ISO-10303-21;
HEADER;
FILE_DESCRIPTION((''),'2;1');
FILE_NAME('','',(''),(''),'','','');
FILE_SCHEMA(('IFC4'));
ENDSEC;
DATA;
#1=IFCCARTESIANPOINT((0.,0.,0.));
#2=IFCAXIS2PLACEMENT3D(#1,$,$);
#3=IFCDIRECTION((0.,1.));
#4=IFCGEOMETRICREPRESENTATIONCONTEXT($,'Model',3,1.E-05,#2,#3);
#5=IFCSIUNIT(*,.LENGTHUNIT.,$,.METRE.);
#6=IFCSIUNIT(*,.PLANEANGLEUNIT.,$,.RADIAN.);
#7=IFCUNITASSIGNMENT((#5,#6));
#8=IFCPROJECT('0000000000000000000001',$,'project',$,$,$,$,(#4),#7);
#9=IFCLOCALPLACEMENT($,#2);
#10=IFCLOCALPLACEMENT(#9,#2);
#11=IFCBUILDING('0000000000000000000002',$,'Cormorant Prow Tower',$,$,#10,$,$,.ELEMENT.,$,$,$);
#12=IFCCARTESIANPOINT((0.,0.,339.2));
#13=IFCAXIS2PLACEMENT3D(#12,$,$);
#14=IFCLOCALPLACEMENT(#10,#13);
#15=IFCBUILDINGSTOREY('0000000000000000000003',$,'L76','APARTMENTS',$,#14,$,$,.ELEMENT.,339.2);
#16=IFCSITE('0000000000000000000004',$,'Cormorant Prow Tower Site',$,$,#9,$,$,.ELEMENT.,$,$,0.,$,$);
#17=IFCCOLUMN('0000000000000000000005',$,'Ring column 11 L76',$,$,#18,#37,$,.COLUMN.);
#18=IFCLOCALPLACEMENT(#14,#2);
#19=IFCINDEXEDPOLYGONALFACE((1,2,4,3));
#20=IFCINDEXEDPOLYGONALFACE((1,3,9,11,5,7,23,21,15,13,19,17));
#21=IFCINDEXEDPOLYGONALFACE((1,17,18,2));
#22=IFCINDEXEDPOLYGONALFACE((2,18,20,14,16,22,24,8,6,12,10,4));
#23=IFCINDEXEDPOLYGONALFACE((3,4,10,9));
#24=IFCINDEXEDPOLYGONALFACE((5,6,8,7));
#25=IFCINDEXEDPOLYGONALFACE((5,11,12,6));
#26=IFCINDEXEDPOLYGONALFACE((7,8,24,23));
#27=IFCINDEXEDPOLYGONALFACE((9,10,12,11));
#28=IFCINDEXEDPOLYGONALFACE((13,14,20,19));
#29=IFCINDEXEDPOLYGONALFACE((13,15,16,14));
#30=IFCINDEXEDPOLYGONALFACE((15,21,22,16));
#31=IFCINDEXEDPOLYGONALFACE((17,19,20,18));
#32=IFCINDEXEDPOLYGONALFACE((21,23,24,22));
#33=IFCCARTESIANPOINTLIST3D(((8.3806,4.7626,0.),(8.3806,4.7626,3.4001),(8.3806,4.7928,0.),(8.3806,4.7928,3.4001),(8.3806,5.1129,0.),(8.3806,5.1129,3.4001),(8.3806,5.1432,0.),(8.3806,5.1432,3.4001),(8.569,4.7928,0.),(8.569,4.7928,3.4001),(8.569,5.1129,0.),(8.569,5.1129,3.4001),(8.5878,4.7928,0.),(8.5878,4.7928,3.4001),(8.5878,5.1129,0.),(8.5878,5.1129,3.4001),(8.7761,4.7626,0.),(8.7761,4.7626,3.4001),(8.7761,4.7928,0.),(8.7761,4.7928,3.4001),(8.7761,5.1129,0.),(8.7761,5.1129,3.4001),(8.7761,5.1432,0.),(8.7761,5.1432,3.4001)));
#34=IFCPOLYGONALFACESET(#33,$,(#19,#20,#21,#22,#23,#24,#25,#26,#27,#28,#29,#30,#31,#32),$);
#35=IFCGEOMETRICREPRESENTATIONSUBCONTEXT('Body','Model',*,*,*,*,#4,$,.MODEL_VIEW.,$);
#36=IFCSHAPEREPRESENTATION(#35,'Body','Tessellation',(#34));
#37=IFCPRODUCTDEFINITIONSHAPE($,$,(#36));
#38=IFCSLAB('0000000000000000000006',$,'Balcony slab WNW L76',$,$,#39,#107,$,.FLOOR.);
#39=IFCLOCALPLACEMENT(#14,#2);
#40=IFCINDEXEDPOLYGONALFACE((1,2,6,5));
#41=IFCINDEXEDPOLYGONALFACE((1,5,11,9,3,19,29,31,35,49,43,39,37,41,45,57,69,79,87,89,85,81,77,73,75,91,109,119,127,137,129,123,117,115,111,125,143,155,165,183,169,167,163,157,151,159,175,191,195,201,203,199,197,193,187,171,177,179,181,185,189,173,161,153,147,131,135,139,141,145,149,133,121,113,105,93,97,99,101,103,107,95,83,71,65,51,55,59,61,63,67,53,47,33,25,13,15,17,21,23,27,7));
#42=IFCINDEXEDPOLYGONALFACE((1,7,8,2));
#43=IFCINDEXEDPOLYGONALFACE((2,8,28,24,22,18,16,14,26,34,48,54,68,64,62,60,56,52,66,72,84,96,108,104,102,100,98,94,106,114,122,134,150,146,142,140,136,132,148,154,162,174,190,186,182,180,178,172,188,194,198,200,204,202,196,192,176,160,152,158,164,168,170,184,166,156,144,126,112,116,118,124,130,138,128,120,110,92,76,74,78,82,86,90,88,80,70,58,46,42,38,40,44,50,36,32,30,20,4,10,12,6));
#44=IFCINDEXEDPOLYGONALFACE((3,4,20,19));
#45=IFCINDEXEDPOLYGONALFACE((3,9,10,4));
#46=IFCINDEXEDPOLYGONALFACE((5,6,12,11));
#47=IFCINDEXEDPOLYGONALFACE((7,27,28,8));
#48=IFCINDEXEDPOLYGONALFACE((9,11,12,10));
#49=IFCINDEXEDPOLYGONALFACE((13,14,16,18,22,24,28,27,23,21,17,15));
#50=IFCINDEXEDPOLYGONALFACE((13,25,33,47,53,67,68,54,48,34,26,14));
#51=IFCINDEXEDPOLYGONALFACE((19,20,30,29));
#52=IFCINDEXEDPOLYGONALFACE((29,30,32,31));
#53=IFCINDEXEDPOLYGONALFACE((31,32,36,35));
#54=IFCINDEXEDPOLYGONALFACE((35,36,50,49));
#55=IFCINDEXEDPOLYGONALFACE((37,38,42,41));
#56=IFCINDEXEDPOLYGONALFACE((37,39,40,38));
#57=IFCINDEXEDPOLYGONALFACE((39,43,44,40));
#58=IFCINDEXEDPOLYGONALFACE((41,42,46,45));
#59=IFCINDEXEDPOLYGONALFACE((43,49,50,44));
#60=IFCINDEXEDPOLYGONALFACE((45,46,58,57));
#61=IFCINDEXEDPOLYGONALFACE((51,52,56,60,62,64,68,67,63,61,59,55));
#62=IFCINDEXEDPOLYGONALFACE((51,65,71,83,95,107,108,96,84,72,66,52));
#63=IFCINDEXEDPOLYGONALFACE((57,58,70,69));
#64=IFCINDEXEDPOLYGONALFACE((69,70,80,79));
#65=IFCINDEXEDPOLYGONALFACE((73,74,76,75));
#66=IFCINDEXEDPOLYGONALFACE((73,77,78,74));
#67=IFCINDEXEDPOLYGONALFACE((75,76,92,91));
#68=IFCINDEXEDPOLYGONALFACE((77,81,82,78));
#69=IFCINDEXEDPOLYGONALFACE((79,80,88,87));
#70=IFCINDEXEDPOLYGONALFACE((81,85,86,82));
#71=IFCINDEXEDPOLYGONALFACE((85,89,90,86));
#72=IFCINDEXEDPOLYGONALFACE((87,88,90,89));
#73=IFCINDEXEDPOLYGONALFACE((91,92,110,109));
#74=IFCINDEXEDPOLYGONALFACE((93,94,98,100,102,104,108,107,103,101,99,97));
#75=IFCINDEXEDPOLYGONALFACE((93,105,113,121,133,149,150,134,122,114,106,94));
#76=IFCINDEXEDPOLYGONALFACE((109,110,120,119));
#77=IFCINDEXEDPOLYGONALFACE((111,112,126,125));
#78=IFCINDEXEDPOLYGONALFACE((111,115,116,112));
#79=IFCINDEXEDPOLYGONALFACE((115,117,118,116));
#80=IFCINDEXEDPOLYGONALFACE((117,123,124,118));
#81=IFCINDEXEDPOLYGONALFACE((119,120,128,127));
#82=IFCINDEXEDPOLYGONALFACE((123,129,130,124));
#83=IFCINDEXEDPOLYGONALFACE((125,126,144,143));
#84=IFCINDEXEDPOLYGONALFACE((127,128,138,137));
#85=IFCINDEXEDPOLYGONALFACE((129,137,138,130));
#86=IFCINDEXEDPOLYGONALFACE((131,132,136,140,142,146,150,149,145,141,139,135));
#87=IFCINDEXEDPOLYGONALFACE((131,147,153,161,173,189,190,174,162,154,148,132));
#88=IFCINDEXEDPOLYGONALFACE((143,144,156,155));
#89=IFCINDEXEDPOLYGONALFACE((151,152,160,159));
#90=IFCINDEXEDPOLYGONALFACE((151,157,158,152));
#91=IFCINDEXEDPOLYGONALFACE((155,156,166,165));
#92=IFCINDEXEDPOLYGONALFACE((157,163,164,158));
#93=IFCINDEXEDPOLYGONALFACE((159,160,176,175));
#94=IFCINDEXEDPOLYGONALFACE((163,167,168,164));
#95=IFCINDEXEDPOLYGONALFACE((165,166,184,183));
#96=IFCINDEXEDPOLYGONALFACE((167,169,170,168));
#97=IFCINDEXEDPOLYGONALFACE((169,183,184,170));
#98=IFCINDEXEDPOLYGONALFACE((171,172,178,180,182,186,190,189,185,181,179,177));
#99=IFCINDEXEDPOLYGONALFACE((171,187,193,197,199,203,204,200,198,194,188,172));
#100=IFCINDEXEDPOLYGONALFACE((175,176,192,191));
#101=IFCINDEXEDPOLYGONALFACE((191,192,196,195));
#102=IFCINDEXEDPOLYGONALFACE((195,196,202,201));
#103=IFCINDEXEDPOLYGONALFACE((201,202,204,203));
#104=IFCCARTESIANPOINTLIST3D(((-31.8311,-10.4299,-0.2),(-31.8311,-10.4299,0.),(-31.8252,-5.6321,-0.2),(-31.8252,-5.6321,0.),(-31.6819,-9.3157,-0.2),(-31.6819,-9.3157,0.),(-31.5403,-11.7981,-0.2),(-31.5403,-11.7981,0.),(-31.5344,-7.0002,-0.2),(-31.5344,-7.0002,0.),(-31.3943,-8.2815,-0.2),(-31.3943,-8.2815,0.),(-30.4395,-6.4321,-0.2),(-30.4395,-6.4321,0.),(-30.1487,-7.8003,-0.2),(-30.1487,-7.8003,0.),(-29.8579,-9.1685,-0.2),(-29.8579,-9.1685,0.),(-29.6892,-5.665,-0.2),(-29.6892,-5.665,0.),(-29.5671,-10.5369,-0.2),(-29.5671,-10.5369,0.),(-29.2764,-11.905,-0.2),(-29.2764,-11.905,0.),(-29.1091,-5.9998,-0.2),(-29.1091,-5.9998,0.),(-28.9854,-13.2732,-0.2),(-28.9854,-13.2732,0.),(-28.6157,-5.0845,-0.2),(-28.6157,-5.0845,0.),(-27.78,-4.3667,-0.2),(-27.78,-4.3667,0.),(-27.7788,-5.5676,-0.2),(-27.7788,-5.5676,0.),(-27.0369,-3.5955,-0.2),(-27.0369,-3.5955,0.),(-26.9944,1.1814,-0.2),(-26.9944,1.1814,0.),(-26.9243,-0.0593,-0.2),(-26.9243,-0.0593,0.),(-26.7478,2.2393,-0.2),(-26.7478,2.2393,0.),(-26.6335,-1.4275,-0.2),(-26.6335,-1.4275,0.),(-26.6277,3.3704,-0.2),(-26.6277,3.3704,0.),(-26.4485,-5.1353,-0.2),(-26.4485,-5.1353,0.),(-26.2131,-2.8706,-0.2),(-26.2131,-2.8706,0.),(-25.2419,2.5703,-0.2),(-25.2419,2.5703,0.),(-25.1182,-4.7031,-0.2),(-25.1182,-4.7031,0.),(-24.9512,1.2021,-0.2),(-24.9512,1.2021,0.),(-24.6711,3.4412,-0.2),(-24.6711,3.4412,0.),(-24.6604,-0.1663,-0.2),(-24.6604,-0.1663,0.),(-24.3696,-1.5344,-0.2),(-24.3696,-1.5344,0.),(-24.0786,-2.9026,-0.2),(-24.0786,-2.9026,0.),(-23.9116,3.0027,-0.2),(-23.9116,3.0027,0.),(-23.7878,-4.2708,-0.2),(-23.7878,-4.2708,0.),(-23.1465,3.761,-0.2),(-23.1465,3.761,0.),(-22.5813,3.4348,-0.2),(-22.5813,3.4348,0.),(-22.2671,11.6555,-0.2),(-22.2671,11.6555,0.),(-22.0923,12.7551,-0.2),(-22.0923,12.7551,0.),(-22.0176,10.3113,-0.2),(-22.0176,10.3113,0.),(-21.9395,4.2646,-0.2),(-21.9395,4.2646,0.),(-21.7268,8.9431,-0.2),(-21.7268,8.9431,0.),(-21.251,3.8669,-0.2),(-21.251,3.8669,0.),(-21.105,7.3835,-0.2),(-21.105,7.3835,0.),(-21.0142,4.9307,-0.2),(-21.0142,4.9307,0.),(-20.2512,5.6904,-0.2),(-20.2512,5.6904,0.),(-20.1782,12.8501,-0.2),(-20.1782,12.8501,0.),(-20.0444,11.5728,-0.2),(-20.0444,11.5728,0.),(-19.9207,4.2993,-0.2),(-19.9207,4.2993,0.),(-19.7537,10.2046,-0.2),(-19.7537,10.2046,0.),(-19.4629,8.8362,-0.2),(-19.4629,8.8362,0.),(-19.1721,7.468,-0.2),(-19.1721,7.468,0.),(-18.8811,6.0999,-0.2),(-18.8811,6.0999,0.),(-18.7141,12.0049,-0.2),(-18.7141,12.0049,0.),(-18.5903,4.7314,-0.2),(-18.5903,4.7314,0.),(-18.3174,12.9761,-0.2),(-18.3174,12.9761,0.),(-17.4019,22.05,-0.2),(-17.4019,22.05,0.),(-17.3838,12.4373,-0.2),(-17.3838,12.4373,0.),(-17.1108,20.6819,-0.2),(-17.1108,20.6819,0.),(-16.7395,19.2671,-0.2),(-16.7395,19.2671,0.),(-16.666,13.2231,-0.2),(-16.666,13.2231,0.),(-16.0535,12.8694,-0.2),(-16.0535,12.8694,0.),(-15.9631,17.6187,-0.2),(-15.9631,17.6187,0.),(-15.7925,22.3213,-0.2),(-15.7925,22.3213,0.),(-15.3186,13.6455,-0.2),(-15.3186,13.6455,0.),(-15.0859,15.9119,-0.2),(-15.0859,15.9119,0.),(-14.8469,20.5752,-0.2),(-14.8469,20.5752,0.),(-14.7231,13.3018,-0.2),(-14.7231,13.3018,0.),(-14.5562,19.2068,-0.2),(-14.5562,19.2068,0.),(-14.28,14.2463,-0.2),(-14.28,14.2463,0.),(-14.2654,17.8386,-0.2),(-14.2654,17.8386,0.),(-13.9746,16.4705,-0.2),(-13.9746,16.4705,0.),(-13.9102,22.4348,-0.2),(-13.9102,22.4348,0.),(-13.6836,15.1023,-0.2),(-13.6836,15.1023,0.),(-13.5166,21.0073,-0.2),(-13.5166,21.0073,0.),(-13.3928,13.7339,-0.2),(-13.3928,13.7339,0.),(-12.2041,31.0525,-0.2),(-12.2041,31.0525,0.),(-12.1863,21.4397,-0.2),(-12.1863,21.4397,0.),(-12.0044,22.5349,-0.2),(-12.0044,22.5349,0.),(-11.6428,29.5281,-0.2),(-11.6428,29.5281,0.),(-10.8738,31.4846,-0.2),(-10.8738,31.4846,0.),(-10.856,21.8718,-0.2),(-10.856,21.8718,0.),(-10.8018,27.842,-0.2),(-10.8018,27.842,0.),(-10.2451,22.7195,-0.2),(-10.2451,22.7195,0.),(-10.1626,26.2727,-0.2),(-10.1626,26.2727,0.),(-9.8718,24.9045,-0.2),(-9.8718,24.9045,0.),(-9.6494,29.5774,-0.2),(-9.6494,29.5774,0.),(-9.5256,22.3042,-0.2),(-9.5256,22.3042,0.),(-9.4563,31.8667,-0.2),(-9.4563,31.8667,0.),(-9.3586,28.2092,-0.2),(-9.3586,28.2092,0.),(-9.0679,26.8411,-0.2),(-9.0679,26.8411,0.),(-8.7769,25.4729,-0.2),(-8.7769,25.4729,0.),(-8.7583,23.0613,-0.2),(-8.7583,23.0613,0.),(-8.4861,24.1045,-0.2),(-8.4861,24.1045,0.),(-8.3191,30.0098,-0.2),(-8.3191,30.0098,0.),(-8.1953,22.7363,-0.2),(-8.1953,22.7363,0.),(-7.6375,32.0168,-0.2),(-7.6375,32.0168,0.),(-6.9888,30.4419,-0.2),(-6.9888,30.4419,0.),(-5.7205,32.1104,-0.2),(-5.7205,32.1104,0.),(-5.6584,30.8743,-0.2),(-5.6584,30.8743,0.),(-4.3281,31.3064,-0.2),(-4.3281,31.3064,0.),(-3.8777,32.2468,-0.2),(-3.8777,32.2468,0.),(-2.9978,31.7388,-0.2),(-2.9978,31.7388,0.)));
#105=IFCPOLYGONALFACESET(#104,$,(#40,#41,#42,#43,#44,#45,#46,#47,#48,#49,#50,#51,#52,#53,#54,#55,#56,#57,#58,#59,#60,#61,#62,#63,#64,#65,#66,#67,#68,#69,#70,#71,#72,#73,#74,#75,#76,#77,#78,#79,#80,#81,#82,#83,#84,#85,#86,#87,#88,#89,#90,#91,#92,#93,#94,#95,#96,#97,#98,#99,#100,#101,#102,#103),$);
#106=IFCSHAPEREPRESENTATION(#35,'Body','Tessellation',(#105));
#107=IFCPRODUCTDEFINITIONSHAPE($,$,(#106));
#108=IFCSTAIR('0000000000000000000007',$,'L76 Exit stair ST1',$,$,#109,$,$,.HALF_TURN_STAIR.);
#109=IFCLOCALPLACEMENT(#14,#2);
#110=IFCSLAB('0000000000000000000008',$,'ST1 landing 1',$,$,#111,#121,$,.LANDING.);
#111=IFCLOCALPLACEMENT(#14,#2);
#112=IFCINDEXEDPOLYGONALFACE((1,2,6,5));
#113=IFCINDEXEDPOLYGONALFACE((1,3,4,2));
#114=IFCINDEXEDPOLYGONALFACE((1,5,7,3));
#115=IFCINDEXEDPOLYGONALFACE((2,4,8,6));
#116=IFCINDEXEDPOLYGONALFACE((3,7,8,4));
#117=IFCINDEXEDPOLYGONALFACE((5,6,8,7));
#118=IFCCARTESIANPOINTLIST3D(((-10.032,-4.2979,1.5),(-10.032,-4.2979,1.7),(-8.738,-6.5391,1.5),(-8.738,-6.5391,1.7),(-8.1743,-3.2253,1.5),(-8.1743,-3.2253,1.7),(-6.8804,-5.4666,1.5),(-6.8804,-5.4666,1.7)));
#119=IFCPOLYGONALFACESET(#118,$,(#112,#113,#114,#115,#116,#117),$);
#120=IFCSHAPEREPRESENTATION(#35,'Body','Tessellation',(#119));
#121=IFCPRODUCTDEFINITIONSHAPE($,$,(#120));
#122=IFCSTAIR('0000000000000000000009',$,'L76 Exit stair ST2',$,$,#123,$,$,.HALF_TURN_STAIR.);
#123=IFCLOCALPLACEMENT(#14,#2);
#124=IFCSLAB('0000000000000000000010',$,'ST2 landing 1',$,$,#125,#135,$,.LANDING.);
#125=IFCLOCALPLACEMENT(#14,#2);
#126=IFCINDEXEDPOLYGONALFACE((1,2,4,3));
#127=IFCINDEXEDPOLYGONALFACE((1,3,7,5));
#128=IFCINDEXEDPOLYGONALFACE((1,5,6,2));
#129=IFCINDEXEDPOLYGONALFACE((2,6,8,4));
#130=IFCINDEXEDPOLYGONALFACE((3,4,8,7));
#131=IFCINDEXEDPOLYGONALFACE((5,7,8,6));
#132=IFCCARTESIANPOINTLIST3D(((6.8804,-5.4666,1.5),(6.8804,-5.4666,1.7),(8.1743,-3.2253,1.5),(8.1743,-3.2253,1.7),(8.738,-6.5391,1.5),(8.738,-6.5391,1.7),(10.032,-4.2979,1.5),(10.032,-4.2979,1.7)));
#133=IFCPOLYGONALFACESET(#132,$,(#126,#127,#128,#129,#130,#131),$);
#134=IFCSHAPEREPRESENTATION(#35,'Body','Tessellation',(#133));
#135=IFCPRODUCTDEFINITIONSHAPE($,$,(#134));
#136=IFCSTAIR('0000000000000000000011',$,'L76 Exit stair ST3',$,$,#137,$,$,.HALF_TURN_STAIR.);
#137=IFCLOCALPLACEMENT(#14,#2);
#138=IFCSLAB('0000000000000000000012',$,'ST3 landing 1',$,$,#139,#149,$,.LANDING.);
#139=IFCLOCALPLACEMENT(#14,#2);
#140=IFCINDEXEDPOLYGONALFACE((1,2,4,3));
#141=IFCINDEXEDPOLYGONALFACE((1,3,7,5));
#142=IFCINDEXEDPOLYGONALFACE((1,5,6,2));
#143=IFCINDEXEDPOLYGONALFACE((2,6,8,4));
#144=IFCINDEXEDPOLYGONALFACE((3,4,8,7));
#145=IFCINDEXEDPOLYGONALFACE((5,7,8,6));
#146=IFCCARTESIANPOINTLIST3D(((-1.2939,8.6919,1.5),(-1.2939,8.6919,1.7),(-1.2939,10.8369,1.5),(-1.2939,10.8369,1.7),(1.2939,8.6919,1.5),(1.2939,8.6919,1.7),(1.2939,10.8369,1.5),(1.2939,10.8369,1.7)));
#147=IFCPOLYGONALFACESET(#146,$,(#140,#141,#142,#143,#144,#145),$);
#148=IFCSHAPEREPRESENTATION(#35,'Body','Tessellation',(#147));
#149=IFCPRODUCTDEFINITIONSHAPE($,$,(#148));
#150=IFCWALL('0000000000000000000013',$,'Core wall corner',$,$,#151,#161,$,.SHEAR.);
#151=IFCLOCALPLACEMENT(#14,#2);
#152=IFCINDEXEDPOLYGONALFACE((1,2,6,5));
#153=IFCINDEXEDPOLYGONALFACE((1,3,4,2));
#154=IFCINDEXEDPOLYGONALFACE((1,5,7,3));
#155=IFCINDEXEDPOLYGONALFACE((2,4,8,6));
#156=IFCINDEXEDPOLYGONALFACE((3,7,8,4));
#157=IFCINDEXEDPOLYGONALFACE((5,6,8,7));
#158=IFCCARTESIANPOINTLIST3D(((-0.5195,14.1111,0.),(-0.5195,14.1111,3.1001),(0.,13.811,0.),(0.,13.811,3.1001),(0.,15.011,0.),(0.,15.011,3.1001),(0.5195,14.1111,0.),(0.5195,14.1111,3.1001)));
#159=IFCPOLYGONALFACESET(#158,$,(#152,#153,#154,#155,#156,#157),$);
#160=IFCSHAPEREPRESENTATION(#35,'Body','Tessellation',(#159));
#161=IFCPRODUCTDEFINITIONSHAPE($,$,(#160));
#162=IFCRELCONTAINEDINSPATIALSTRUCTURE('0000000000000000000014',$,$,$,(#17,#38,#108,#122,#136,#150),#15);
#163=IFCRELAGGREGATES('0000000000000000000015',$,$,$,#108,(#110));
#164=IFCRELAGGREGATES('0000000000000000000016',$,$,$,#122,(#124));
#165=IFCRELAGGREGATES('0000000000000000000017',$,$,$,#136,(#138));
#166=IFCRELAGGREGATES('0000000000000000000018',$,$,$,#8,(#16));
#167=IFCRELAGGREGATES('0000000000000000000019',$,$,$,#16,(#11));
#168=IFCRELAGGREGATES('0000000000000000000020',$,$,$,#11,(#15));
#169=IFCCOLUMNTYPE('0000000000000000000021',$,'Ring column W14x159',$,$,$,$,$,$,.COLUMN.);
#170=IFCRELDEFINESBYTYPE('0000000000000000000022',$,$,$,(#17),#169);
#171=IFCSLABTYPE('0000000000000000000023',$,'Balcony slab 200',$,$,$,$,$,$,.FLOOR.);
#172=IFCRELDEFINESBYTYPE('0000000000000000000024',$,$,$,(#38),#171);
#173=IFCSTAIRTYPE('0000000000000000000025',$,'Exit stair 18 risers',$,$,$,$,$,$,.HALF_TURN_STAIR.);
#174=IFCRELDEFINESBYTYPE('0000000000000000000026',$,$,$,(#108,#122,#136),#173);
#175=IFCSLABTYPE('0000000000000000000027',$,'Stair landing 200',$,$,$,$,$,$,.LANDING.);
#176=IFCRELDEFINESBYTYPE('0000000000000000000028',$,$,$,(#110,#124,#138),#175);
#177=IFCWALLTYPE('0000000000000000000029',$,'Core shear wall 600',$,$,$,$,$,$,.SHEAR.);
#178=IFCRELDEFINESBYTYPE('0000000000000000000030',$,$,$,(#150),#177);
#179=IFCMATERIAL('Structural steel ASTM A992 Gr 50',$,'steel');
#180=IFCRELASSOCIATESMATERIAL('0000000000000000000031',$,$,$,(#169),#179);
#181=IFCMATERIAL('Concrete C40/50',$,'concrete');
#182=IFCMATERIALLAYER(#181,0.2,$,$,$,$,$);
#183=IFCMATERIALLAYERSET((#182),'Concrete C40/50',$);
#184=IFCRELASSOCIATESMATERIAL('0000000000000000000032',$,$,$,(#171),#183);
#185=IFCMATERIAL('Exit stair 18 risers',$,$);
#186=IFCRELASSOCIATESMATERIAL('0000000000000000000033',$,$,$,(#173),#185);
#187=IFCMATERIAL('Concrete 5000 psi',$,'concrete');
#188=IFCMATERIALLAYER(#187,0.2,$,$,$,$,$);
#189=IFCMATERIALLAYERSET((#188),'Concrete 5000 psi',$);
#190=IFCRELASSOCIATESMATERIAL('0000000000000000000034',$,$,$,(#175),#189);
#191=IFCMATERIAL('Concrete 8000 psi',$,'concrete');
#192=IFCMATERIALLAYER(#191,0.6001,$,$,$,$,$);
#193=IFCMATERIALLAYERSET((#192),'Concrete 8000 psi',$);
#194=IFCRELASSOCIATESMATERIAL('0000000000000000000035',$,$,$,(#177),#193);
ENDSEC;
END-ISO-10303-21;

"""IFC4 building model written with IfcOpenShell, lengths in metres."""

from ifc_helpers import new_model, si_unit, direction, frame, origin, origin_2d, place, context, subcontext, project, spatial, polyline, i_section, outline, extrude, material, layer, layer_set, material_profile, profile_set, type_object, element, aggregate, save


model = new_model("IFC4")

# Units and contexts
model_context = context("Model", 3, precision=1e-05, world=origin(), true_north=direction((0.0, 1.0)))
body_context = subcontext(model_context, "Body", "Model", "MODEL_VIEW")
ifc_project = project(units=[si_unit("LENGTHUNIT", "METRE"), si_unit("PLANEANGLEUNIT", "RADIAN")], contexts=[model_context])

# Site, building, storey
site_placement = place(None, origin())
site = spatial("IfcSite", under=ifc_project, at=site_placement, Name="Cormorant Prow Tower Site", CompositionType="ELEMENT", RefElevation=0.0)
building_placement = place(site_placement, origin())
building = spatial("IfcBuilding", under=site, at=building_placement, Name="Cormorant Prow Tower", CompositionType="ELEMENT")
storey_placement = place(building_placement, frame((0.0, 0.0, 339.2)))
storey = spatial("IfcBuildingStorey", under=building, at=storey_placement, Name="L76", Description="APARTMENTS", CompositionType="ELEMENT", Elevation=339.2)

# Column
ifc_material_1 = material(Name="Structural steel ASTM A992 Gr 50", Category="steel")
ifc_material_profile = material_profile(ifc_material_1, i_section(OverallWidth=0.3955, OverallDepth=0.3806, WebThickness=0.0188, FlangeThickness=0.0303, at=origin_2d()), Name="W14x159")
ifc_profile_set = profile_set([ifc_material_profile], Name="Structural steel ASTM A992 Gr 50")
column_type = type_object("IfcColumnType", Name="Ring column W14x159", PredefinedType="COLUMN", material=ifc_profile_set)
column_placement = place(storey_placement, frame((8.5784, 4.9529, 0.0), z_axis=(0.0, 0.0, 1.0), x_axis=(1.0, 0.0, 0.0)))
element("IfcColumn", 1, at=column_placement, inside=storey, type_object=column_type, Name="Ring column 11 L76", PredefinedType="COLUMN", context=body_context, shape_type="SweptSolid", body=[
    extrude(i_section(OverallWidth=0.3955, OverallDepth=0.3806, WebThickness=0.0188, FlangeThickness=0.0303, at=origin_2d()), origin(), (0.0, 0.0, 1.0), 3.4001),
])

# Slab
ifc_material_2 = material(Name="Concrete C40/50", Category="concrete")
ifc_layer_1 = layer(ifc_material_2, 0.2)
ifc_layer_set_1 = layer_set([ifc_layer_1], Name="Concrete C40/50")
slab_type_1 = type_object("IfcSlabType", Name="Balcony slab 200", PredefinedType="FLOOR", material=ifc_layer_set_1)
slab_1_placement = place(storey_placement, frame((0.0, 0.0, -0.2)))
element("IfcSlab", 2, at=slab_1_placement, inside=storey, type_object=slab_type_1, Name="Balcony slab WNW L76", PredefinedType="FLOOR", context=body_context, shape_type="SweptSolid", body=[
    extrude(outline(polyline([(-2.9978, 31.7388), (-3.8777, 32.2468), (-5.7205, 32.1104), (-7.6375, 32.0168), (-9.4563, 31.8667), (-10.8738, 31.4846), (-12.2041, 31.0525), (-11.6428, 29.5281), (-10.8018, 27.842), (-10.1626, 26.2727), (-9.8718, 24.9045), (-8.7583, 23.0613), (-10.2451, 22.7195), (-12.0044, 22.5349), (-13.9102, 22.4348), (-15.7925, 22.3213), (-17.4019, 22.05), (-17.1108, 20.6819), (-16.7395, 19.2671), (-15.9631, 17.6187), (-15.0859, 15.9119), (-14.28, 14.2463), (-15.3186, 13.6455), (-16.666, 13.2231), (-18.3174, 12.9761), (-20.1782, 12.8501), (-22.0923, 12.7551), (-22.2671, 11.6555), (-22.0176, 10.3113), (-21.7268, 8.9431), (-21.105, 7.3835), (-20.2512, 5.6904), (-21.0142, 4.9307), (-21.9395, 4.2646), (-23.1465, 3.761), (-24.6711, 3.4412), (-26.6277, 3.3704), (-26.7478, 2.2393), (-26.9944, 1.1814), (-26.9243, -0.0593), (-26.6335, -1.4275), (-26.2131, -2.8706), (-27.0369, -3.5955), (-27.78, -4.3667), (-28.6157, -5.0845), (-29.6892, -5.665), (-31.8252, -5.6321), (-31.5344, -7.0002), (-31.3943, -8.2815), (-31.6819, -9.3157), (-31.8311, -10.4299), (-31.5403, -11.7981), (-28.9854, -13.2732), (-29.2764, -11.905), (-29.5671, -10.5369), (-29.8579, -9.1685), (-30.1487, -7.8003), (-30.4395, -6.4321), (-29.1091, -5.9998), (-27.7788, -5.5676), (-26.4485, -5.1353), (-25.1182, -4.7031), (-23.7878, -4.2708), (-24.0786, -2.9026), (-24.3696, -1.5344), (-24.6604, -0.1663), (-24.9512, 1.2021), (-25.2419, 2.5703), (-23.9116, 3.0027), (-22.5813, 3.4348), (-21.251, 3.8669), (-19.9207, 4.2993), (-18.5903, 4.7314), (-18.8811, 6.0999), (-19.1721, 7.468), (-19.4629, 8.8362), (-19.7537, 10.2046), (-20.0444, 11.5728), (-18.7141, 12.0049), (-17.3838, 12.4373), (-16.0535, 12.8694), (-14.7231, 13.3018), (-13.3928, 13.7339), (-13.6836, 15.1023), (-13.9746, 16.4705), (-14.2654, 17.8386), (-14.5562, 19.2068), (-14.8469, 20.5752), (-13.5166, 21.0073), (-12.1863, 21.4397), (-10.856, 21.8718), (-9.5256, 22.3042), (-8.1953, 22.7363), (-8.4861, 24.1045), (-8.7769, 25.4729), (-9.0679, 26.8411), (-9.3586, 28.2092), (-9.6494, 29.5774), (-8.3191, 30.0098), (-6.9888, 30.4419), (-5.6584, 30.8743), (-4.3281, 31.3064), (-2.9978, 31.7388)])), origin(), (0.0, 0.0, 1.0), 0.2),
])

# Stairs, slabs
ifc_material_3 = material(Name="Exit stair 18 risers")
stair_type = type_object("IfcStairType", Name="Exit stair 18 risers", PredefinedType="HALF_TURN_STAIR", material=ifc_material_3)
stair_1_placement = place(storey_placement, origin())
stair_1 = element("IfcStair", 3, at=stair_1_placement, inside=storey, type_object=stair_type, Name="L76 Exit stair ST1", PredefinedType="HALF_TURN_STAIR")
ifc_material_4 = material(Name="Concrete 5000 psi", Category="concrete")
ifc_layer_2 = layer(ifc_material_4, 0.2)
ifc_layer_set_2 = layer_set([ifc_layer_2], Name="Concrete 5000 psi")
slab_type_2 = type_object("IfcSlabType", Name="Stair landing 200", PredefinedType="LANDING", material=ifc_layer_set_2)
slab_2_placement = place(storey_placement, frame((0.0, 0.0, 1.5)))
slab_2 = element("IfcSlab", 4, at=slab_2_placement, type_object=slab_type_2, Name="ST1 landing 1", PredefinedType="LANDING", context=body_context, shape_type="SweptSolid", body=[
    extrude(outline(polyline([(-8.1743, -3.2253), (-10.032, -4.2979), (-8.738, -6.5391), (-6.8804, -5.4666), (-8.1743, -3.2253)])), origin(), (0.0, 0.0, 1.0), 0.2),
])
aggregate(stair_1, [slab_2])
stair_2_placement = place(storey_placement, origin())
stair_2 = element("IfcStair", 5, at=stair_2_placement, inside=storey, type_object=stair_type, Name="L76 Exit stair ST2", PredefinedType="HALF_TURN_STAIR")
slab_3_placement = place(storey_placement, frame((0.0, 0.0, 1.5)))
slab_3 = element("IfcSlab", 6, at=slab_3_placement, type_object=slab_type_2, Name="ST2 landing 1", PredefinedType="LANDING", context=body_context, shape_type="SweptSolid", body=[
    extrude(outline(polyline([(6.8804, -5.4666), (8.738, -6.5391), (10.032, -4.2979), (8.1743, -3.2253), (6.8804, -5.4666)])), origin(), (0.0, 0.0, 1.0), 0.2),
])
aggregate(stair_2, [slab_3])
stair_3_placement = place(storey_placement, origin())
stair_3 = element("IfcStair", 7, at=stair_3_placement, inside=storey, type_object=stair_type, Name="L76 Exit stair ST3", PredefinedType="HALF_TURN_STAIR")
slab_4_placement = place(storey_placement, frame((0.0, 0.0, 1.5)))
slab_4 = element("IfcSlab", 8, at=slab_4_placement, type_object=slab_type_2, Name="ST3 landing 1", PredefinedType="LANDING", context=body_context, shape_type="SweptSolid", body=[
    extrude(outline(polyline([(1.2939, 8.6919), (1.2939, 10.8369), (-1.2939, 10.8369), (-1.2939, 8.6919), (1.2939, 8.6919)])), origin(), (0.0, 0.0, 1.0), 0.2),
])

# Wall
ifc_material_5 = material(Name="Concrete 8000 psi", Category="concrete")
ifc_layer_3 = layer(ifc_material_5, 0.6001)
ifc_layer_set_3 = layer_set([ifc_layer_3], Name="Concrete 8000 psi")
wall_type_1 = type_object("IfcWallType", Name="Core shear wall 600", PredefinedType="SHEAR", material=ifc_layer_set_3)
wall_1_placement = place(storey_placement, origin())
element("IfcWall", 9, at=wall_1_placement, inside=storey, type_object=wall_type_1, Name="Core wall corner", PredefinedType="SHEAR", context=body_context, shape_type="SweptSolid", body=[
    extrude(outline(polyline([(0.0, 13.811), (-0.5195, 14.1111), (0.0, 15.011), (0.5195, 14.1111), (0.0, 13.811)])), origin(), (0.0, 0.0, 1.0), 3.1001),
])

aggregate(stair_3, [slab_4])

save(model, "model.ifc")
